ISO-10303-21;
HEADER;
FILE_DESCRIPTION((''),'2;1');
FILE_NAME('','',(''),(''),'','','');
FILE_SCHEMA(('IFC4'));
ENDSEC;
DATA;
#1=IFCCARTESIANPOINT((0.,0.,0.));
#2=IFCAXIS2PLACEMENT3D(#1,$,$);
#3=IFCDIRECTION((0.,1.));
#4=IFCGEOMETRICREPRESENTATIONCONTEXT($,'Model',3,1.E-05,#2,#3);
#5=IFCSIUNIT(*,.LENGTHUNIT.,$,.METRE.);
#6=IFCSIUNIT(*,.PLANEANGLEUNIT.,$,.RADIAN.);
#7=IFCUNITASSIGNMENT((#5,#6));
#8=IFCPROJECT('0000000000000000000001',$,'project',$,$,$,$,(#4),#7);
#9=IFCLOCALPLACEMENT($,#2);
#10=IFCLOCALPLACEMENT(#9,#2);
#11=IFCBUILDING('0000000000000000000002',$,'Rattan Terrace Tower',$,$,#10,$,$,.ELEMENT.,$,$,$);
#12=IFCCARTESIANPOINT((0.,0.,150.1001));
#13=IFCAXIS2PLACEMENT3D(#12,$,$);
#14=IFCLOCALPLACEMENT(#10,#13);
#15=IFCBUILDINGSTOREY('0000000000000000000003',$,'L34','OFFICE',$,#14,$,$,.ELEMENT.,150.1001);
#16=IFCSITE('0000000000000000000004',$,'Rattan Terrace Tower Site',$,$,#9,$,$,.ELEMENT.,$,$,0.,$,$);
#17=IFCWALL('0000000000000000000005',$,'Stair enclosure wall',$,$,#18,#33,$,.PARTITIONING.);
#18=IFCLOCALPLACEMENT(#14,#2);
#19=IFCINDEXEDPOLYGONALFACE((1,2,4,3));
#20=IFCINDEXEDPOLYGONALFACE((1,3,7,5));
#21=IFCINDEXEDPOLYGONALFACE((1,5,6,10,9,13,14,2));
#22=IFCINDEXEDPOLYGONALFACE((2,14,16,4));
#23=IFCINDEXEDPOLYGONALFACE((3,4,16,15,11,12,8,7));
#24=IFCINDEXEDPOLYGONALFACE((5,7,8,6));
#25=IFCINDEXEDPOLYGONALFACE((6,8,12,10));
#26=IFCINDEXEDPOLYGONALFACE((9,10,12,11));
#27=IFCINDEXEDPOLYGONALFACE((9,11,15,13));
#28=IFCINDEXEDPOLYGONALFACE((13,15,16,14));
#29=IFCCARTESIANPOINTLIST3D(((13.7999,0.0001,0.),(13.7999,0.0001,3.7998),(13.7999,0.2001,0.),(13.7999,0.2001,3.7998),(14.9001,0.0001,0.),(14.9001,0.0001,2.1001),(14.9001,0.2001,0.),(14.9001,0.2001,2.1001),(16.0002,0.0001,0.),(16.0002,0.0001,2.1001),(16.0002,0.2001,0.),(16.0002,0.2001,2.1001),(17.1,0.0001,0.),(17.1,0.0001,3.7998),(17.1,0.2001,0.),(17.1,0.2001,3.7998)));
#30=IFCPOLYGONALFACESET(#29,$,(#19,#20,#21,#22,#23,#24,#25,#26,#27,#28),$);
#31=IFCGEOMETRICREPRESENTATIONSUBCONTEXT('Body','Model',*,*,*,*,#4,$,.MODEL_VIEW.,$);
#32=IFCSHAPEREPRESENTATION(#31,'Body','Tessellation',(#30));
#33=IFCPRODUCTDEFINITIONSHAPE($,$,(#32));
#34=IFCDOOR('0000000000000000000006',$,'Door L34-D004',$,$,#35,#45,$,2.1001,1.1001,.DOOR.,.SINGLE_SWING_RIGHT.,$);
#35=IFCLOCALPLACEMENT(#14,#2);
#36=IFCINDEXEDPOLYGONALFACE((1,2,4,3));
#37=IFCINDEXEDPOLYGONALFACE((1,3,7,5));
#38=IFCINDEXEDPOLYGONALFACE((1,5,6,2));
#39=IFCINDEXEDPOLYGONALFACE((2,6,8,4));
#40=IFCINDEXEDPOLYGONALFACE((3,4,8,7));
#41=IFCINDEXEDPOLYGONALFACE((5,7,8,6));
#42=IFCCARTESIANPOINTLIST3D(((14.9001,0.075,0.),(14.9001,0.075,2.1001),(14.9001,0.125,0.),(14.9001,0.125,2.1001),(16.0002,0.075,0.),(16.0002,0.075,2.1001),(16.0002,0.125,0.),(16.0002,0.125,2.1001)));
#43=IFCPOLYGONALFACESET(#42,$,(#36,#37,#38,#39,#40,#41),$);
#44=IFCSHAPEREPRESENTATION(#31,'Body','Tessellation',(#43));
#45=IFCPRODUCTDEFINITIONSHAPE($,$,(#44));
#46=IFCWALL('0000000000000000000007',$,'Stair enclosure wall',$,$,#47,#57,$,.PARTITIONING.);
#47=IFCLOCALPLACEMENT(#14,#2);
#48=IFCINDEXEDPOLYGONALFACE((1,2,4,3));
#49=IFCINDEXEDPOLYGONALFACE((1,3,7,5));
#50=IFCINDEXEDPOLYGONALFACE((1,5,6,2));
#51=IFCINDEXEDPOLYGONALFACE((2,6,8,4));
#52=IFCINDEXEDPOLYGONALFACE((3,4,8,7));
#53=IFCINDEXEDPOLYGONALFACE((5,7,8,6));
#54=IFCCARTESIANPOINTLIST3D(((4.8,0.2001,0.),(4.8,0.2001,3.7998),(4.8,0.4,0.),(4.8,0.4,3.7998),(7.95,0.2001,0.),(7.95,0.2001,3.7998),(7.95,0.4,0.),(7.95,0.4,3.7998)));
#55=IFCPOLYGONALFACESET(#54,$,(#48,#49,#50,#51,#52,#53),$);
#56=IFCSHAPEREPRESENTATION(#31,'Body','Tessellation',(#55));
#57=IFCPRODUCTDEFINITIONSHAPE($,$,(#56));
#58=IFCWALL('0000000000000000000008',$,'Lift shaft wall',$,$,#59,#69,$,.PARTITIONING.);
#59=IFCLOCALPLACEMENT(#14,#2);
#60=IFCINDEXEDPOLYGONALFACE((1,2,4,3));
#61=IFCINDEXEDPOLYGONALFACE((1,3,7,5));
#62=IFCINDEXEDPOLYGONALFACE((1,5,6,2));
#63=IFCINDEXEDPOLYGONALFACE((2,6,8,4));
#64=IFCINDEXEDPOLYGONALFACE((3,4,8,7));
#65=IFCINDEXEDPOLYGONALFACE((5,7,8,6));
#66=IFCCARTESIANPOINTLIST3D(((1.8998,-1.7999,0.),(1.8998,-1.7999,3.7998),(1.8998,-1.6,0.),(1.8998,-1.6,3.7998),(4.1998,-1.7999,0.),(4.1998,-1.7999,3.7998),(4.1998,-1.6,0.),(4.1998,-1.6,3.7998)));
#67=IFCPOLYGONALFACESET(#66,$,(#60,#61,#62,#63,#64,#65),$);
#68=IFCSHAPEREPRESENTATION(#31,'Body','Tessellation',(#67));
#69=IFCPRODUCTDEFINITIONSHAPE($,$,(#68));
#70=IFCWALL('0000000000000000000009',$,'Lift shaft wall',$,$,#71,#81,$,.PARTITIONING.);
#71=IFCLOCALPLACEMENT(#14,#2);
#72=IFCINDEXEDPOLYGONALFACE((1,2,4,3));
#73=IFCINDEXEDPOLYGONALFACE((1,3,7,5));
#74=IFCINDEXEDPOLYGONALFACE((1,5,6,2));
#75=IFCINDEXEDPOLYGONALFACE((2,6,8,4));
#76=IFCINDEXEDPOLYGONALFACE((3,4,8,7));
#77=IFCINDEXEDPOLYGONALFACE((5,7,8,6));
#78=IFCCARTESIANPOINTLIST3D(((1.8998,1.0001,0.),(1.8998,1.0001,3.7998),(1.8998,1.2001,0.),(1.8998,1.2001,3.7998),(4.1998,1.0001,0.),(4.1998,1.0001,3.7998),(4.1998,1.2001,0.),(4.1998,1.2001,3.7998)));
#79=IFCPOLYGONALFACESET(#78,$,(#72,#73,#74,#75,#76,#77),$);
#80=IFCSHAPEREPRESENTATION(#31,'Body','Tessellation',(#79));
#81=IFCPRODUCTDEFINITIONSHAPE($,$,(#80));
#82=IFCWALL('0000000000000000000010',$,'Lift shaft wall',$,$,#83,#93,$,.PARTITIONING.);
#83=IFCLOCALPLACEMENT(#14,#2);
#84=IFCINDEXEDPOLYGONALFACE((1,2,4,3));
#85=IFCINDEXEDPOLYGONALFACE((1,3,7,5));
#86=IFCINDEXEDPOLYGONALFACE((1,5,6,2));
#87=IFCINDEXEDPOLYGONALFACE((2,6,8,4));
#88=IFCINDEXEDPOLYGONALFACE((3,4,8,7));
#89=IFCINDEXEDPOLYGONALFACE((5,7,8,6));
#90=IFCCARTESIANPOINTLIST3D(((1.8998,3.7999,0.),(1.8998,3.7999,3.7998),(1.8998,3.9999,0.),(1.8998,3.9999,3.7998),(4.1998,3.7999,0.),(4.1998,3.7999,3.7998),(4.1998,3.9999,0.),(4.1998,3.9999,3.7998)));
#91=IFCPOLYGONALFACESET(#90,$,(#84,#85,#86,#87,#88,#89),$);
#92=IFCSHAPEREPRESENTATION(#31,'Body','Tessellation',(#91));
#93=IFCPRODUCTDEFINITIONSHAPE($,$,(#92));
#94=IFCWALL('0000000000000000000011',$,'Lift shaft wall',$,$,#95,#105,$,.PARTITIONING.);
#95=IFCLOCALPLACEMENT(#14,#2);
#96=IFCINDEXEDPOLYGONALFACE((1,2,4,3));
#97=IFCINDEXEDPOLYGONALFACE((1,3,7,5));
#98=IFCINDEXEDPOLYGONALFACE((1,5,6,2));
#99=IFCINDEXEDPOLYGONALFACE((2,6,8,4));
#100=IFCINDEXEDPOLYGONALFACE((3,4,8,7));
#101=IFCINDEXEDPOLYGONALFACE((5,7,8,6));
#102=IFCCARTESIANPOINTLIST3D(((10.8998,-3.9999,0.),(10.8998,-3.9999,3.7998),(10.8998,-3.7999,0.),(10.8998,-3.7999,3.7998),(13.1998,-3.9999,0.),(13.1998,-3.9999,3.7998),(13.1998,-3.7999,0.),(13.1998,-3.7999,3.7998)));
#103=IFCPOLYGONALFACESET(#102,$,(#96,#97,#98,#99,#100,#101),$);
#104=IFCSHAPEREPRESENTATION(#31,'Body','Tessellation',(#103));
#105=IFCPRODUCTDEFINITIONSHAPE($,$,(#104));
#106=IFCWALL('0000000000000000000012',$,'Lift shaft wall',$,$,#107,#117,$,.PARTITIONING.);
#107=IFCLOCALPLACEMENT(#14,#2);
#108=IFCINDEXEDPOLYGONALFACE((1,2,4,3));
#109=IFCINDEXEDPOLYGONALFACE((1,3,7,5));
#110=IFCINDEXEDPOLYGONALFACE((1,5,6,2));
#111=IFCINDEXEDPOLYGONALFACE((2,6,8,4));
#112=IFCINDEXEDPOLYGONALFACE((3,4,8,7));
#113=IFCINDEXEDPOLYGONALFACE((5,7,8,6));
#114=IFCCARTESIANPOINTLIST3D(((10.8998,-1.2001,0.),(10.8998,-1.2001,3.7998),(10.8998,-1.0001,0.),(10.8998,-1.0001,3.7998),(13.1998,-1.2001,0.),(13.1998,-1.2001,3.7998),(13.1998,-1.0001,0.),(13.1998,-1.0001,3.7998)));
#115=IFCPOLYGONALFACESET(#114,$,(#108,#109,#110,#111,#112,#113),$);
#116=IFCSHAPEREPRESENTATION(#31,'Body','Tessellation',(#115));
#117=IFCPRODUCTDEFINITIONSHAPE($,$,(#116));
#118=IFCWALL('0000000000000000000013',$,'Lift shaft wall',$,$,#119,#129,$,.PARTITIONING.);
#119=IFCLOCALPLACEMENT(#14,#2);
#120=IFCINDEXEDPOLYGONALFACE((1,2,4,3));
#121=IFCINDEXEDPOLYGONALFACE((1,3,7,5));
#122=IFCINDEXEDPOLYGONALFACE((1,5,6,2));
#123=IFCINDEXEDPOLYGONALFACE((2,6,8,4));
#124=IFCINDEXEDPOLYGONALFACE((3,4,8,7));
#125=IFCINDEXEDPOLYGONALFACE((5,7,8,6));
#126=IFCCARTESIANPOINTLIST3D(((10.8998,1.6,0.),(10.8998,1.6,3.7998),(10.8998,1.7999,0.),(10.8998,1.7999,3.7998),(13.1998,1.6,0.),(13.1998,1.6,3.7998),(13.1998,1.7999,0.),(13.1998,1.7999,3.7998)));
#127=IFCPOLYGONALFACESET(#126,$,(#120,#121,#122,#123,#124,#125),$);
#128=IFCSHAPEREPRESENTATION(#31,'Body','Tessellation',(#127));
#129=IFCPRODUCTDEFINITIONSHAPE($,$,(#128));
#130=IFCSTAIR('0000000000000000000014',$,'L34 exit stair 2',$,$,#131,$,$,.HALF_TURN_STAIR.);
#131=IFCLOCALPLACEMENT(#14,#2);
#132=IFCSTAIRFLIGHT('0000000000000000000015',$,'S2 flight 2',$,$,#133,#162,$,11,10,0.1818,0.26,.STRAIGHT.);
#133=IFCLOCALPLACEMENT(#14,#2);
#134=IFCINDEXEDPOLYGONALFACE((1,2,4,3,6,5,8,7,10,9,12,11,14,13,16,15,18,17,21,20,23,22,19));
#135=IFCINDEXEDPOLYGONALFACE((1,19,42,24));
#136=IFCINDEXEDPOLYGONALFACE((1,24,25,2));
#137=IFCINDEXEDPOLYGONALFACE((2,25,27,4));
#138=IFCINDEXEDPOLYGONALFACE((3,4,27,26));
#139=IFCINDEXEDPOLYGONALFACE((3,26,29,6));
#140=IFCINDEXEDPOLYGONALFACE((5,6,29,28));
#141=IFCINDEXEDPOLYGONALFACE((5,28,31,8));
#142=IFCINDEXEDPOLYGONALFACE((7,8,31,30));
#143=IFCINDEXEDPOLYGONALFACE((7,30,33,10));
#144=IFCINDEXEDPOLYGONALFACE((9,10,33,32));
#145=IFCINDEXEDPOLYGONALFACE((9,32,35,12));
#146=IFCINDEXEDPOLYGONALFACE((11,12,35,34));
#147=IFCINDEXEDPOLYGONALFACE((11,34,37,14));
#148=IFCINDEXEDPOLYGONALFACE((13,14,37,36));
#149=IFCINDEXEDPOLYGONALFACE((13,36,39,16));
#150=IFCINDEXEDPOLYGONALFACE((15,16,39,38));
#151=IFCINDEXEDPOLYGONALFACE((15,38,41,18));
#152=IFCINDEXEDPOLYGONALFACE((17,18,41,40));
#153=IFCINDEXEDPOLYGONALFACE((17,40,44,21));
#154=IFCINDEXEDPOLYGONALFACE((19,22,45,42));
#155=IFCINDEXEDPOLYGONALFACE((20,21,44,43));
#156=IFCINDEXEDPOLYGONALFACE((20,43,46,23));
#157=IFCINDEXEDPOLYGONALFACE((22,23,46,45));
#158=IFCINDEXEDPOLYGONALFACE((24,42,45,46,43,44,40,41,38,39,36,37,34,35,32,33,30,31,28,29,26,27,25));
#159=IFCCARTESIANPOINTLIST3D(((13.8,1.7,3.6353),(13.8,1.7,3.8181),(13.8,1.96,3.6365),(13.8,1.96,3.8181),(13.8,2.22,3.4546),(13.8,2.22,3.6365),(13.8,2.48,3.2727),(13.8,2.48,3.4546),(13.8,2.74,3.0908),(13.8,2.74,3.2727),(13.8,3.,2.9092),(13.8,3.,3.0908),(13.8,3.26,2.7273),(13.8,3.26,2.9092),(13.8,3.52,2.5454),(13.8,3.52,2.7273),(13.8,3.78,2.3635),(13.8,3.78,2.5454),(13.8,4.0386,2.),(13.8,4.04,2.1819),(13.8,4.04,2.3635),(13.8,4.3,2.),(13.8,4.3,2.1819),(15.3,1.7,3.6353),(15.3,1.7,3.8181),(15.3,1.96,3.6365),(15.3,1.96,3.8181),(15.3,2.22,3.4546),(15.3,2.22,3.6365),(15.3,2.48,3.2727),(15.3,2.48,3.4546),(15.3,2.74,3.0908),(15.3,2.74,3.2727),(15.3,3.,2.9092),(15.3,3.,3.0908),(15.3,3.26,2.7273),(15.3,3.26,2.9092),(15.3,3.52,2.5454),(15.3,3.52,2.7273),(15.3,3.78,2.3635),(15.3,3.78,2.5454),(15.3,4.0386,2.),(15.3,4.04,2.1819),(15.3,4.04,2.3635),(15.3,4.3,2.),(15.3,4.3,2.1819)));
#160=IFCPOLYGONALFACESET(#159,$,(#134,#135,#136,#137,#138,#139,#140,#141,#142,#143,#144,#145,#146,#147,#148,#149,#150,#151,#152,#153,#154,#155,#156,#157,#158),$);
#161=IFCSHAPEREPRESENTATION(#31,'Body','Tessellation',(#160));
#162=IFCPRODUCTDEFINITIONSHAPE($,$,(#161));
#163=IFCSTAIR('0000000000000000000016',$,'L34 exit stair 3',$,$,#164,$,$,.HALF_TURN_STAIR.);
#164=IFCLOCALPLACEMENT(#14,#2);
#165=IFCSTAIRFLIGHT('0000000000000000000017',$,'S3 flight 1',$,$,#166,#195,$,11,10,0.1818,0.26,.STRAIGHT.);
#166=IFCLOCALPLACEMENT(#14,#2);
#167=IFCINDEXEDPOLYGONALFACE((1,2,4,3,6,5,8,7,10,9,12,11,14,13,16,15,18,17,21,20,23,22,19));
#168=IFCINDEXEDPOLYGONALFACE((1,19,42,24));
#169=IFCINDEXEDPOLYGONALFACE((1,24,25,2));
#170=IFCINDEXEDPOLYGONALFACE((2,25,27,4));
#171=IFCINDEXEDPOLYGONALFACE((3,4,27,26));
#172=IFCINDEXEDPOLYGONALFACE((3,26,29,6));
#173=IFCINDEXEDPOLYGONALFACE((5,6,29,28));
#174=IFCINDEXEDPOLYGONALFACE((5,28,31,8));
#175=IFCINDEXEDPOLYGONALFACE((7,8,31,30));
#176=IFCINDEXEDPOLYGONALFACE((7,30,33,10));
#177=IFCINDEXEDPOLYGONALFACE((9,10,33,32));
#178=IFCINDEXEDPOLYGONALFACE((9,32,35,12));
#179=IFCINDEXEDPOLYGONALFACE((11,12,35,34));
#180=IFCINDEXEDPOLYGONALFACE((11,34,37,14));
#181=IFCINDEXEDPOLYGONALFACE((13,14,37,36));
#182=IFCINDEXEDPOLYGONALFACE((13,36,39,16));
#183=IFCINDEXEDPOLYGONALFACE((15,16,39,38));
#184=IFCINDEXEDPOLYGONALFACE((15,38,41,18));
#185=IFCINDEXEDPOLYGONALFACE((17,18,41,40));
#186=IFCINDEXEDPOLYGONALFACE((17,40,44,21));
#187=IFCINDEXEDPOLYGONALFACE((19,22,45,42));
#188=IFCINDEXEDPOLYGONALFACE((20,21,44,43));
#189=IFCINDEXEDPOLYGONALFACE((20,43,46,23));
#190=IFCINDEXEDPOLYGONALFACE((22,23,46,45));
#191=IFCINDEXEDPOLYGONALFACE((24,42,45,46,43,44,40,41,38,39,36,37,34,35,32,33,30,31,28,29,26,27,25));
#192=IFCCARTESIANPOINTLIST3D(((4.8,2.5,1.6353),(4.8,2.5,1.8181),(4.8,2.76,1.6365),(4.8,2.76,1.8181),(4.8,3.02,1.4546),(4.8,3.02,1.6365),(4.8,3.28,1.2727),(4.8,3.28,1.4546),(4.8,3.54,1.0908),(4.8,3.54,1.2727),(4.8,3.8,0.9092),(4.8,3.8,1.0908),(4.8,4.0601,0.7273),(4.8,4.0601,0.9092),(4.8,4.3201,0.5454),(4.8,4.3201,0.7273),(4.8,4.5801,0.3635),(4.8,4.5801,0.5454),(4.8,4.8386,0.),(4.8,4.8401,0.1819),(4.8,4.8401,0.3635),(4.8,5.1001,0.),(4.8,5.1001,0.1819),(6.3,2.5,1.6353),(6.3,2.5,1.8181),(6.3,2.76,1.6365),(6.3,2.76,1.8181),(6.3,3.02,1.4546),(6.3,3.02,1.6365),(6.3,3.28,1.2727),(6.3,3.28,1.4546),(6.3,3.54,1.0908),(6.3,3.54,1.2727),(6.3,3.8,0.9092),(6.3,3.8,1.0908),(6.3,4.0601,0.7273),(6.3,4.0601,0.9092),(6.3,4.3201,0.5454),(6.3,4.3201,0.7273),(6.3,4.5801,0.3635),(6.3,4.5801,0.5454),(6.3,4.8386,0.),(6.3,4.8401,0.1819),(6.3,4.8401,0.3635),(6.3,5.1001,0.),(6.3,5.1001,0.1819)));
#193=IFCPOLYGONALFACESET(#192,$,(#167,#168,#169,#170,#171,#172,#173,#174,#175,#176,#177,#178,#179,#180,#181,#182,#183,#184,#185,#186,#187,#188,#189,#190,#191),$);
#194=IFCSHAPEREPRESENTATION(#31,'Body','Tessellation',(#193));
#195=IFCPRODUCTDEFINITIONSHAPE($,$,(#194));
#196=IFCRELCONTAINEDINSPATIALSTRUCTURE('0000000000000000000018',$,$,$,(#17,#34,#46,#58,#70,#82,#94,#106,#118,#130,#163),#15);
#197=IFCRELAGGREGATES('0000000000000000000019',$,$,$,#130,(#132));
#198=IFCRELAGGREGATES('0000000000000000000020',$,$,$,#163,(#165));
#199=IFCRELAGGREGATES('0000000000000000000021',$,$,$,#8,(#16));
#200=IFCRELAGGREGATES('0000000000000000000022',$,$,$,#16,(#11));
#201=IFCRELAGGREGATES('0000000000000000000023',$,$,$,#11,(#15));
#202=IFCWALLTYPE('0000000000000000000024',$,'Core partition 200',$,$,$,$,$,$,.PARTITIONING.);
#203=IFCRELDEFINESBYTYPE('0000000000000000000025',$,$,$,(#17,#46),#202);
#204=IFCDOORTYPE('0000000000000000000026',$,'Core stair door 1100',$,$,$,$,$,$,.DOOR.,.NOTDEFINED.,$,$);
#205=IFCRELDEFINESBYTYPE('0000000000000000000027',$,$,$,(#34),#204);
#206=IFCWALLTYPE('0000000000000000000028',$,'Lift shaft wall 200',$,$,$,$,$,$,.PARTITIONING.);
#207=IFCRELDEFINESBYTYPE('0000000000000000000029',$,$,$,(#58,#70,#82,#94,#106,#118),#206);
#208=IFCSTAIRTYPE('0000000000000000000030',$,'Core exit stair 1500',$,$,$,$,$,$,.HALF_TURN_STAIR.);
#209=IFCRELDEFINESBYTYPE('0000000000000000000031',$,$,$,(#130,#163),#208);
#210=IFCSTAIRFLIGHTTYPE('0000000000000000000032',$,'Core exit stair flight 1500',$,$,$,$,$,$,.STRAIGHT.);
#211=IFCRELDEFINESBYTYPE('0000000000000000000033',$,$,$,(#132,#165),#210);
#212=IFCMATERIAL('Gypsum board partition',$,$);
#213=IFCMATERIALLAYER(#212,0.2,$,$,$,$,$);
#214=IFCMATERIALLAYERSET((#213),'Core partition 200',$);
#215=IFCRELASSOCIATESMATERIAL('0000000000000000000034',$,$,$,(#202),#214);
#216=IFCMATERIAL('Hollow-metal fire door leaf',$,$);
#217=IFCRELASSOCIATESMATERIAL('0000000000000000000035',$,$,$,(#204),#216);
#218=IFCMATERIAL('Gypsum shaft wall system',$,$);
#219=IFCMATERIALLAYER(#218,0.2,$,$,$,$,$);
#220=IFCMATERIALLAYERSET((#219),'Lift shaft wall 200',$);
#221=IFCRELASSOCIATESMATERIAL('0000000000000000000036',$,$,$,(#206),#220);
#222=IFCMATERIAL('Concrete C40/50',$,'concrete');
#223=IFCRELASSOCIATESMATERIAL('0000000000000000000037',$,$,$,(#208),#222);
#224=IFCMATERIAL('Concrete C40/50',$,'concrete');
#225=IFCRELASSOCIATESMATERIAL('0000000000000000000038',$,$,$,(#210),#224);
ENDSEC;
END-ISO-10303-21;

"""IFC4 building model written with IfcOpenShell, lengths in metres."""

from ifc_helpers import new_model, si_unit, direction, frame, frame_2d, origin, place, context, subcontext, project, spatial, polyline, rectangle, outline, extrude, material, layer, layer_set, type_object, element, fill, aggregate, save


model = new_model("IFC4")

# Units and contexts
model_context = context("Model", 3, precision=1e-05, world=origin(), true_north=direction((0.0, 1.0)))
body_context = subcontext(model_context, "Body", "Model", "MODEL_VIEW")
ifc_project = project(units=[si_unit("LENGTHUNIT", "METRE"), si_unit("PLANEANGLEUNIT", "RADIAN")], contexts=[model_context])

# Site, building, storey
site_placement = place(None, origin())
site = spatial("IfcSite", under=ifc_project, at=site_placement, Name="Rattan Terrace Tower Site", CompositionType="ELEMENT", RefElevation=0.0)
building_placement = place(site_placement, origin())
building = spatial("IfcBuilding", under=site, at=building_placement, Name="Rattan Terrace Tower", CompositionType="ELEMENT")
storey_placement = place(building_placement, frame((0.0, 0.0, 150.1001)))
storey = spatial("IfcBuildingStorey", under=building, at=storey_placement, Name="L34", Description="OFFICE", CompositionType="ELEMENT", Elevation=150.1001)

# Wall, opening, door
ifc_material_1 = material(Name="Gypsum board partition")
ifc_layer_1 = layer(ifc_material_1, 0.2)
ifc_layer_set_1 = layer_set([ifc_layer_1], Name="Core partition 200")
wall_type_1 = type_object("IfcWallType", Name="Core partition 200", PredefinedType="PARTITIONING", material=ifc_layer_set_1)
wall_1_placement = place(storey_placement, frame((13.8, 0.1001, 0.0), z_axis=(0.0, 0.0, 1.0), x_axis=(1.0, 0.0, 0.0)))
wall_1 = element("IfcWall", 1, at=wall_1_placement, inside=storey, type_object=wall_type_1, Name="Stair enclosure wall", PredefinedType="PARTITIONING", context=body_context, shape_type="SweptSolid", body=[
    extrude(rectangle(XDim=3.3, YDim=0.2, at=frame_2d((1.6499, 0.0))), origin(), (0.0, 0.0, 1.0), 3.7998),
])
opening_1_placement = place(wall_1_placement, frame((1.1001, 0.0, 0.0)))
opening_1 = element("IfcOpeningElement", 2, at=opening_1_placement, cuts=wall_1, PredefinedType="OPENING", context=body_context, shape_type="SweptSolid", body=[
    extrude(rectangle(XDim=1.1001, YDim=2.1001, at=frame_2d((0.55, 1.05))), frame((0.0, 0.1106, 0.0), z_axis=(0.0, -1.0, 0.0), x_axis=(1.0, 0.0, 0.0)), (0.0, 0.0, 1.0), 0.2209),
])
ifc_material_2 = material(Name="Hollow-metal fire door leaf")
door_type_1 = type_object("IfcDoorType", Name="Core stair door 1100", OperationType="NOTDEFINED", PredefinedType="DOOR", material=ifc_material_2)
door_1_placement = place(opening_1_placement, origin())
door_1 = element("IfcDoor", 3, at=door_1_placement, inside=storey, type_object=door_type_1, Name="Door L34-D004", OperationType="SINGLE_SWING_RIGHT", OverallHeight=2.1001, OverallWidth=1.1001, PredefinedType="DOOR", context=body_context, shape_type="SweptSolid", body=[
    extrude(rectangle(XDim=1.1001, YDim=2.1001, at=frame_2d((0.55, 1.05))), frame((0.0, 0.0249, 0.0), z_axis=(0.0, -1.0, 0.0), x_axis=(1.0, 0.0, 0.0)), (0.0, 0.0, 1.0), 0.05),
])
fill(opening_1, door_1)

# Walls
wall_2_placement = place(storey_placement, frame((4.8, 0.3, 0.0), z_axis=(0.0, 0.0, 1.0), x_axis=(1.0, 0.0, 0.0)))
element("IfcWall", 4, at=wall_2_placement, inside=storey, type_object=wall_type_1, Name="Stair enclosure wall", PredefinedType="PARTITIONING", context=body_context, shape_type="SweptSolid", body=[
    extrude(rectangle(XDim=3.1499, YDim=0.2, at=frame_2d((1.575, 0.0))), origin(), (0.0, 0.0, 1.0), 3.7998),
])
ifc_material_3 = material(Name="Gypsum shaft wall system")
ifc_layer_2 = layer(ifc_material_3, 0.2)
ifc_layer_set_2 = layer_set([ifc_layer_2], Name="Lift shaft wall 200")
wall_type_2 = type_object("IfcWallType", Name="Lift shaft wall 200", PredefinedType="PARTITIONING", material=ifc_layer_set_2)
for number, where, z_axis, x_axis, name in (
    (5, (1.8999, -1.7, 0.0), (0.0, 0.0, 1.0), (1.0, 0.0, 0.0), "Lift shaft wall"),
    (6, (1.8999, 1.1001, 0.0), (0.0, 0.0, 1.0), (1.0, 0.0, 0.0), "Lift shaft wall"),
    (7, (1.8999, 3.8999, 0.0), (0.0, 0.0, 1.0), (1.0, 0.0, 0.0), "Lift shaft wall"),
    (8, (10.8999, -3.8999, 0.0), (0.0, 0.0, 1.0), (1.0, 0.0, 0.0), "Lift shaft wall"),
    (9, (10.8999, -1.1001, 0.0), (0.0, 0.0, 1.0), (1.0, 0.0, 0.0), "Lift shaft wall"),
    (10, (10.8999, 1.7, 0.0), (0.0, 0.0, 1.0), (1.0, 0.0, 0.0), "Lift shaft wall"),
):
    element("IfcWall", number, at=place(storey_placement, frame(where, z_axis=z_axis, x_axis=x_axis)), inside=storey, type_object=wall_type_2, Name=name, PredefinedType="PARTITIONING", context=body_context, shape_type="SweptSolid", body=[
        extrude(rectangle(XDim=2.3, YDim=0.2, at=frame_2d((1.1499, 0.0))), origin(), (0.0, 0.0, 1.0), 3.7998),
    ])

# Stair, stair flight
ifc_material_4 = material(Name="Concrete C40/50", Category="concrete")
stair_type = type_object("IfcStairType", Name="Core exit stair 1500", PredefinedType="HALF_TURN_STAIR", material=ifc_material_4)
stair_1_placement = place(storey_placement, origin())
stair_1 = element("IfcStair", 11, at=stair_1_placement, inside=storey, type_object=stair_type, Name="L34 exit stair 2", PredefinedType="HALF_TURN_STAIR")
ifc_material_5 = material(Name="Concrete C40/50", Category="concrete")
stair_flight_type = type_object("IfcStairFlightType", Name="Core exit stair flight 1500", PredefinedType="STRAIGHT", material=ifc_material_5)
stair_flight_1_placement = place(storey_placement, frame((14.55, 4.3, 2.0), z_axis=(0.0, 0.0, 1.0), x_axis=(0.0, -1.0, 0.0)))
stair_flight_1 = element("IfcStairFlight", 12, at=stair_flight_1_placement, type_object=stair_flight_type, Name="S2 flight 2", NumberOfRisers=11, NumberOfTreads=10, PredefinedType="STRAIGHT", RiserHeight=0.1818, TreadLength=0.26, context=body_context, shape_type="SweptSolid", body=[
    extrude(outline(polyline([(0.0, 0.0), (0.0, 0.1819), (0.26, 0.1819), (0.26, 0.3635), (0.52, 0.3635), (0.52, 0.5454), (0.78, 0.5454), (0.78, 0.7273), (1.04, 0.7273), (1.04, 0.9092), (1.3, 0.9092), (1.3, 1.0908), (1.5601, 1.0908), (1.5601, 1.2727), (1.8201, 1.2727), (1.8201, 1.4546), (2.0801, 1.4546), (2.0801, 1.6365), (2.3401, 1.6365), (2.3401, 1.8181), (2.6001, 1.8181), (2.6001, 2.0), (2.6001, 1.6353), (0.2615, 0.0), (0.0, 0.0)])), frame((0.0, 0.75, 0.0), z_axis=(0.0, -1.0, 0.0), x_axis=(1.0, 0.0, 0.0)), (0.0, 0.0, 1.0), 1.5),
])
aggregate(stair_1, [stair_flight_1])

# Stair, stair flight
stair_2_placement = place(storey_placement, origin())
stair_2 = element("IfcStair", 13, at=stair_2_placement, inside=storey, type_object=stair_type, Name="L34 exit stair 3", PredefinedType="HALF_TURN_STAIR")
stair_flight_2_placement = place(storey_placement, frame((5.55, 5.1001, 0.0), z_axis=(0.0, 0.0, 1.0), x_axis=(0.0, -1.0, 0.0)))
stair_flight_2 = element("IfcStairFlight", 14, at=stair_flight_2_placement, type_object=stair_flight_type, Name="S3 flight 1", NumberOfRisers=11, NumberOfTreads=10, PredefinedType="STRAIGHT", RiserHeight=0.1818, TreadLength=0.26, context=body_context, shape_type="SweptSolid", body=[
    extrude(outline(polyline([(0.0, 0.0), (0.0, 0.1819), (0.26, 0.1819), (0.26, 0.3635), (0.52, 0.3635), (0.52, 0.5454), (0.78, 0.5454), (0.78, 0.7273), (1.04, 0.7273), (1.04, 0.9092), (1.3, 0.9092), (1.3, 1.0908), (1.5601, 1.0908), (1.5601, 1.2727), (1.8201, 1.2727), (1.8201, 1.4546), (2.0801, 1.4546), (2.0801, 1.6365), (2.3401, 1.6365), (2.3401, 1.8181), (2.6001, 1.8181), (2.6001, 2.0), (2.6001, 1.6353), (0.2615, 0.0), (0.0, 0.0)])), frame((0.0, 0.75, 0.0), z_axis=(0.0, -1.0, 0.0), x_axis=(1.0, 0.0, 0.0)), (0.0, 0.0, 1.0), 1.5),
])
aggregate(stair_2, [stair_flight_2])

save(model, "model.ifc")
